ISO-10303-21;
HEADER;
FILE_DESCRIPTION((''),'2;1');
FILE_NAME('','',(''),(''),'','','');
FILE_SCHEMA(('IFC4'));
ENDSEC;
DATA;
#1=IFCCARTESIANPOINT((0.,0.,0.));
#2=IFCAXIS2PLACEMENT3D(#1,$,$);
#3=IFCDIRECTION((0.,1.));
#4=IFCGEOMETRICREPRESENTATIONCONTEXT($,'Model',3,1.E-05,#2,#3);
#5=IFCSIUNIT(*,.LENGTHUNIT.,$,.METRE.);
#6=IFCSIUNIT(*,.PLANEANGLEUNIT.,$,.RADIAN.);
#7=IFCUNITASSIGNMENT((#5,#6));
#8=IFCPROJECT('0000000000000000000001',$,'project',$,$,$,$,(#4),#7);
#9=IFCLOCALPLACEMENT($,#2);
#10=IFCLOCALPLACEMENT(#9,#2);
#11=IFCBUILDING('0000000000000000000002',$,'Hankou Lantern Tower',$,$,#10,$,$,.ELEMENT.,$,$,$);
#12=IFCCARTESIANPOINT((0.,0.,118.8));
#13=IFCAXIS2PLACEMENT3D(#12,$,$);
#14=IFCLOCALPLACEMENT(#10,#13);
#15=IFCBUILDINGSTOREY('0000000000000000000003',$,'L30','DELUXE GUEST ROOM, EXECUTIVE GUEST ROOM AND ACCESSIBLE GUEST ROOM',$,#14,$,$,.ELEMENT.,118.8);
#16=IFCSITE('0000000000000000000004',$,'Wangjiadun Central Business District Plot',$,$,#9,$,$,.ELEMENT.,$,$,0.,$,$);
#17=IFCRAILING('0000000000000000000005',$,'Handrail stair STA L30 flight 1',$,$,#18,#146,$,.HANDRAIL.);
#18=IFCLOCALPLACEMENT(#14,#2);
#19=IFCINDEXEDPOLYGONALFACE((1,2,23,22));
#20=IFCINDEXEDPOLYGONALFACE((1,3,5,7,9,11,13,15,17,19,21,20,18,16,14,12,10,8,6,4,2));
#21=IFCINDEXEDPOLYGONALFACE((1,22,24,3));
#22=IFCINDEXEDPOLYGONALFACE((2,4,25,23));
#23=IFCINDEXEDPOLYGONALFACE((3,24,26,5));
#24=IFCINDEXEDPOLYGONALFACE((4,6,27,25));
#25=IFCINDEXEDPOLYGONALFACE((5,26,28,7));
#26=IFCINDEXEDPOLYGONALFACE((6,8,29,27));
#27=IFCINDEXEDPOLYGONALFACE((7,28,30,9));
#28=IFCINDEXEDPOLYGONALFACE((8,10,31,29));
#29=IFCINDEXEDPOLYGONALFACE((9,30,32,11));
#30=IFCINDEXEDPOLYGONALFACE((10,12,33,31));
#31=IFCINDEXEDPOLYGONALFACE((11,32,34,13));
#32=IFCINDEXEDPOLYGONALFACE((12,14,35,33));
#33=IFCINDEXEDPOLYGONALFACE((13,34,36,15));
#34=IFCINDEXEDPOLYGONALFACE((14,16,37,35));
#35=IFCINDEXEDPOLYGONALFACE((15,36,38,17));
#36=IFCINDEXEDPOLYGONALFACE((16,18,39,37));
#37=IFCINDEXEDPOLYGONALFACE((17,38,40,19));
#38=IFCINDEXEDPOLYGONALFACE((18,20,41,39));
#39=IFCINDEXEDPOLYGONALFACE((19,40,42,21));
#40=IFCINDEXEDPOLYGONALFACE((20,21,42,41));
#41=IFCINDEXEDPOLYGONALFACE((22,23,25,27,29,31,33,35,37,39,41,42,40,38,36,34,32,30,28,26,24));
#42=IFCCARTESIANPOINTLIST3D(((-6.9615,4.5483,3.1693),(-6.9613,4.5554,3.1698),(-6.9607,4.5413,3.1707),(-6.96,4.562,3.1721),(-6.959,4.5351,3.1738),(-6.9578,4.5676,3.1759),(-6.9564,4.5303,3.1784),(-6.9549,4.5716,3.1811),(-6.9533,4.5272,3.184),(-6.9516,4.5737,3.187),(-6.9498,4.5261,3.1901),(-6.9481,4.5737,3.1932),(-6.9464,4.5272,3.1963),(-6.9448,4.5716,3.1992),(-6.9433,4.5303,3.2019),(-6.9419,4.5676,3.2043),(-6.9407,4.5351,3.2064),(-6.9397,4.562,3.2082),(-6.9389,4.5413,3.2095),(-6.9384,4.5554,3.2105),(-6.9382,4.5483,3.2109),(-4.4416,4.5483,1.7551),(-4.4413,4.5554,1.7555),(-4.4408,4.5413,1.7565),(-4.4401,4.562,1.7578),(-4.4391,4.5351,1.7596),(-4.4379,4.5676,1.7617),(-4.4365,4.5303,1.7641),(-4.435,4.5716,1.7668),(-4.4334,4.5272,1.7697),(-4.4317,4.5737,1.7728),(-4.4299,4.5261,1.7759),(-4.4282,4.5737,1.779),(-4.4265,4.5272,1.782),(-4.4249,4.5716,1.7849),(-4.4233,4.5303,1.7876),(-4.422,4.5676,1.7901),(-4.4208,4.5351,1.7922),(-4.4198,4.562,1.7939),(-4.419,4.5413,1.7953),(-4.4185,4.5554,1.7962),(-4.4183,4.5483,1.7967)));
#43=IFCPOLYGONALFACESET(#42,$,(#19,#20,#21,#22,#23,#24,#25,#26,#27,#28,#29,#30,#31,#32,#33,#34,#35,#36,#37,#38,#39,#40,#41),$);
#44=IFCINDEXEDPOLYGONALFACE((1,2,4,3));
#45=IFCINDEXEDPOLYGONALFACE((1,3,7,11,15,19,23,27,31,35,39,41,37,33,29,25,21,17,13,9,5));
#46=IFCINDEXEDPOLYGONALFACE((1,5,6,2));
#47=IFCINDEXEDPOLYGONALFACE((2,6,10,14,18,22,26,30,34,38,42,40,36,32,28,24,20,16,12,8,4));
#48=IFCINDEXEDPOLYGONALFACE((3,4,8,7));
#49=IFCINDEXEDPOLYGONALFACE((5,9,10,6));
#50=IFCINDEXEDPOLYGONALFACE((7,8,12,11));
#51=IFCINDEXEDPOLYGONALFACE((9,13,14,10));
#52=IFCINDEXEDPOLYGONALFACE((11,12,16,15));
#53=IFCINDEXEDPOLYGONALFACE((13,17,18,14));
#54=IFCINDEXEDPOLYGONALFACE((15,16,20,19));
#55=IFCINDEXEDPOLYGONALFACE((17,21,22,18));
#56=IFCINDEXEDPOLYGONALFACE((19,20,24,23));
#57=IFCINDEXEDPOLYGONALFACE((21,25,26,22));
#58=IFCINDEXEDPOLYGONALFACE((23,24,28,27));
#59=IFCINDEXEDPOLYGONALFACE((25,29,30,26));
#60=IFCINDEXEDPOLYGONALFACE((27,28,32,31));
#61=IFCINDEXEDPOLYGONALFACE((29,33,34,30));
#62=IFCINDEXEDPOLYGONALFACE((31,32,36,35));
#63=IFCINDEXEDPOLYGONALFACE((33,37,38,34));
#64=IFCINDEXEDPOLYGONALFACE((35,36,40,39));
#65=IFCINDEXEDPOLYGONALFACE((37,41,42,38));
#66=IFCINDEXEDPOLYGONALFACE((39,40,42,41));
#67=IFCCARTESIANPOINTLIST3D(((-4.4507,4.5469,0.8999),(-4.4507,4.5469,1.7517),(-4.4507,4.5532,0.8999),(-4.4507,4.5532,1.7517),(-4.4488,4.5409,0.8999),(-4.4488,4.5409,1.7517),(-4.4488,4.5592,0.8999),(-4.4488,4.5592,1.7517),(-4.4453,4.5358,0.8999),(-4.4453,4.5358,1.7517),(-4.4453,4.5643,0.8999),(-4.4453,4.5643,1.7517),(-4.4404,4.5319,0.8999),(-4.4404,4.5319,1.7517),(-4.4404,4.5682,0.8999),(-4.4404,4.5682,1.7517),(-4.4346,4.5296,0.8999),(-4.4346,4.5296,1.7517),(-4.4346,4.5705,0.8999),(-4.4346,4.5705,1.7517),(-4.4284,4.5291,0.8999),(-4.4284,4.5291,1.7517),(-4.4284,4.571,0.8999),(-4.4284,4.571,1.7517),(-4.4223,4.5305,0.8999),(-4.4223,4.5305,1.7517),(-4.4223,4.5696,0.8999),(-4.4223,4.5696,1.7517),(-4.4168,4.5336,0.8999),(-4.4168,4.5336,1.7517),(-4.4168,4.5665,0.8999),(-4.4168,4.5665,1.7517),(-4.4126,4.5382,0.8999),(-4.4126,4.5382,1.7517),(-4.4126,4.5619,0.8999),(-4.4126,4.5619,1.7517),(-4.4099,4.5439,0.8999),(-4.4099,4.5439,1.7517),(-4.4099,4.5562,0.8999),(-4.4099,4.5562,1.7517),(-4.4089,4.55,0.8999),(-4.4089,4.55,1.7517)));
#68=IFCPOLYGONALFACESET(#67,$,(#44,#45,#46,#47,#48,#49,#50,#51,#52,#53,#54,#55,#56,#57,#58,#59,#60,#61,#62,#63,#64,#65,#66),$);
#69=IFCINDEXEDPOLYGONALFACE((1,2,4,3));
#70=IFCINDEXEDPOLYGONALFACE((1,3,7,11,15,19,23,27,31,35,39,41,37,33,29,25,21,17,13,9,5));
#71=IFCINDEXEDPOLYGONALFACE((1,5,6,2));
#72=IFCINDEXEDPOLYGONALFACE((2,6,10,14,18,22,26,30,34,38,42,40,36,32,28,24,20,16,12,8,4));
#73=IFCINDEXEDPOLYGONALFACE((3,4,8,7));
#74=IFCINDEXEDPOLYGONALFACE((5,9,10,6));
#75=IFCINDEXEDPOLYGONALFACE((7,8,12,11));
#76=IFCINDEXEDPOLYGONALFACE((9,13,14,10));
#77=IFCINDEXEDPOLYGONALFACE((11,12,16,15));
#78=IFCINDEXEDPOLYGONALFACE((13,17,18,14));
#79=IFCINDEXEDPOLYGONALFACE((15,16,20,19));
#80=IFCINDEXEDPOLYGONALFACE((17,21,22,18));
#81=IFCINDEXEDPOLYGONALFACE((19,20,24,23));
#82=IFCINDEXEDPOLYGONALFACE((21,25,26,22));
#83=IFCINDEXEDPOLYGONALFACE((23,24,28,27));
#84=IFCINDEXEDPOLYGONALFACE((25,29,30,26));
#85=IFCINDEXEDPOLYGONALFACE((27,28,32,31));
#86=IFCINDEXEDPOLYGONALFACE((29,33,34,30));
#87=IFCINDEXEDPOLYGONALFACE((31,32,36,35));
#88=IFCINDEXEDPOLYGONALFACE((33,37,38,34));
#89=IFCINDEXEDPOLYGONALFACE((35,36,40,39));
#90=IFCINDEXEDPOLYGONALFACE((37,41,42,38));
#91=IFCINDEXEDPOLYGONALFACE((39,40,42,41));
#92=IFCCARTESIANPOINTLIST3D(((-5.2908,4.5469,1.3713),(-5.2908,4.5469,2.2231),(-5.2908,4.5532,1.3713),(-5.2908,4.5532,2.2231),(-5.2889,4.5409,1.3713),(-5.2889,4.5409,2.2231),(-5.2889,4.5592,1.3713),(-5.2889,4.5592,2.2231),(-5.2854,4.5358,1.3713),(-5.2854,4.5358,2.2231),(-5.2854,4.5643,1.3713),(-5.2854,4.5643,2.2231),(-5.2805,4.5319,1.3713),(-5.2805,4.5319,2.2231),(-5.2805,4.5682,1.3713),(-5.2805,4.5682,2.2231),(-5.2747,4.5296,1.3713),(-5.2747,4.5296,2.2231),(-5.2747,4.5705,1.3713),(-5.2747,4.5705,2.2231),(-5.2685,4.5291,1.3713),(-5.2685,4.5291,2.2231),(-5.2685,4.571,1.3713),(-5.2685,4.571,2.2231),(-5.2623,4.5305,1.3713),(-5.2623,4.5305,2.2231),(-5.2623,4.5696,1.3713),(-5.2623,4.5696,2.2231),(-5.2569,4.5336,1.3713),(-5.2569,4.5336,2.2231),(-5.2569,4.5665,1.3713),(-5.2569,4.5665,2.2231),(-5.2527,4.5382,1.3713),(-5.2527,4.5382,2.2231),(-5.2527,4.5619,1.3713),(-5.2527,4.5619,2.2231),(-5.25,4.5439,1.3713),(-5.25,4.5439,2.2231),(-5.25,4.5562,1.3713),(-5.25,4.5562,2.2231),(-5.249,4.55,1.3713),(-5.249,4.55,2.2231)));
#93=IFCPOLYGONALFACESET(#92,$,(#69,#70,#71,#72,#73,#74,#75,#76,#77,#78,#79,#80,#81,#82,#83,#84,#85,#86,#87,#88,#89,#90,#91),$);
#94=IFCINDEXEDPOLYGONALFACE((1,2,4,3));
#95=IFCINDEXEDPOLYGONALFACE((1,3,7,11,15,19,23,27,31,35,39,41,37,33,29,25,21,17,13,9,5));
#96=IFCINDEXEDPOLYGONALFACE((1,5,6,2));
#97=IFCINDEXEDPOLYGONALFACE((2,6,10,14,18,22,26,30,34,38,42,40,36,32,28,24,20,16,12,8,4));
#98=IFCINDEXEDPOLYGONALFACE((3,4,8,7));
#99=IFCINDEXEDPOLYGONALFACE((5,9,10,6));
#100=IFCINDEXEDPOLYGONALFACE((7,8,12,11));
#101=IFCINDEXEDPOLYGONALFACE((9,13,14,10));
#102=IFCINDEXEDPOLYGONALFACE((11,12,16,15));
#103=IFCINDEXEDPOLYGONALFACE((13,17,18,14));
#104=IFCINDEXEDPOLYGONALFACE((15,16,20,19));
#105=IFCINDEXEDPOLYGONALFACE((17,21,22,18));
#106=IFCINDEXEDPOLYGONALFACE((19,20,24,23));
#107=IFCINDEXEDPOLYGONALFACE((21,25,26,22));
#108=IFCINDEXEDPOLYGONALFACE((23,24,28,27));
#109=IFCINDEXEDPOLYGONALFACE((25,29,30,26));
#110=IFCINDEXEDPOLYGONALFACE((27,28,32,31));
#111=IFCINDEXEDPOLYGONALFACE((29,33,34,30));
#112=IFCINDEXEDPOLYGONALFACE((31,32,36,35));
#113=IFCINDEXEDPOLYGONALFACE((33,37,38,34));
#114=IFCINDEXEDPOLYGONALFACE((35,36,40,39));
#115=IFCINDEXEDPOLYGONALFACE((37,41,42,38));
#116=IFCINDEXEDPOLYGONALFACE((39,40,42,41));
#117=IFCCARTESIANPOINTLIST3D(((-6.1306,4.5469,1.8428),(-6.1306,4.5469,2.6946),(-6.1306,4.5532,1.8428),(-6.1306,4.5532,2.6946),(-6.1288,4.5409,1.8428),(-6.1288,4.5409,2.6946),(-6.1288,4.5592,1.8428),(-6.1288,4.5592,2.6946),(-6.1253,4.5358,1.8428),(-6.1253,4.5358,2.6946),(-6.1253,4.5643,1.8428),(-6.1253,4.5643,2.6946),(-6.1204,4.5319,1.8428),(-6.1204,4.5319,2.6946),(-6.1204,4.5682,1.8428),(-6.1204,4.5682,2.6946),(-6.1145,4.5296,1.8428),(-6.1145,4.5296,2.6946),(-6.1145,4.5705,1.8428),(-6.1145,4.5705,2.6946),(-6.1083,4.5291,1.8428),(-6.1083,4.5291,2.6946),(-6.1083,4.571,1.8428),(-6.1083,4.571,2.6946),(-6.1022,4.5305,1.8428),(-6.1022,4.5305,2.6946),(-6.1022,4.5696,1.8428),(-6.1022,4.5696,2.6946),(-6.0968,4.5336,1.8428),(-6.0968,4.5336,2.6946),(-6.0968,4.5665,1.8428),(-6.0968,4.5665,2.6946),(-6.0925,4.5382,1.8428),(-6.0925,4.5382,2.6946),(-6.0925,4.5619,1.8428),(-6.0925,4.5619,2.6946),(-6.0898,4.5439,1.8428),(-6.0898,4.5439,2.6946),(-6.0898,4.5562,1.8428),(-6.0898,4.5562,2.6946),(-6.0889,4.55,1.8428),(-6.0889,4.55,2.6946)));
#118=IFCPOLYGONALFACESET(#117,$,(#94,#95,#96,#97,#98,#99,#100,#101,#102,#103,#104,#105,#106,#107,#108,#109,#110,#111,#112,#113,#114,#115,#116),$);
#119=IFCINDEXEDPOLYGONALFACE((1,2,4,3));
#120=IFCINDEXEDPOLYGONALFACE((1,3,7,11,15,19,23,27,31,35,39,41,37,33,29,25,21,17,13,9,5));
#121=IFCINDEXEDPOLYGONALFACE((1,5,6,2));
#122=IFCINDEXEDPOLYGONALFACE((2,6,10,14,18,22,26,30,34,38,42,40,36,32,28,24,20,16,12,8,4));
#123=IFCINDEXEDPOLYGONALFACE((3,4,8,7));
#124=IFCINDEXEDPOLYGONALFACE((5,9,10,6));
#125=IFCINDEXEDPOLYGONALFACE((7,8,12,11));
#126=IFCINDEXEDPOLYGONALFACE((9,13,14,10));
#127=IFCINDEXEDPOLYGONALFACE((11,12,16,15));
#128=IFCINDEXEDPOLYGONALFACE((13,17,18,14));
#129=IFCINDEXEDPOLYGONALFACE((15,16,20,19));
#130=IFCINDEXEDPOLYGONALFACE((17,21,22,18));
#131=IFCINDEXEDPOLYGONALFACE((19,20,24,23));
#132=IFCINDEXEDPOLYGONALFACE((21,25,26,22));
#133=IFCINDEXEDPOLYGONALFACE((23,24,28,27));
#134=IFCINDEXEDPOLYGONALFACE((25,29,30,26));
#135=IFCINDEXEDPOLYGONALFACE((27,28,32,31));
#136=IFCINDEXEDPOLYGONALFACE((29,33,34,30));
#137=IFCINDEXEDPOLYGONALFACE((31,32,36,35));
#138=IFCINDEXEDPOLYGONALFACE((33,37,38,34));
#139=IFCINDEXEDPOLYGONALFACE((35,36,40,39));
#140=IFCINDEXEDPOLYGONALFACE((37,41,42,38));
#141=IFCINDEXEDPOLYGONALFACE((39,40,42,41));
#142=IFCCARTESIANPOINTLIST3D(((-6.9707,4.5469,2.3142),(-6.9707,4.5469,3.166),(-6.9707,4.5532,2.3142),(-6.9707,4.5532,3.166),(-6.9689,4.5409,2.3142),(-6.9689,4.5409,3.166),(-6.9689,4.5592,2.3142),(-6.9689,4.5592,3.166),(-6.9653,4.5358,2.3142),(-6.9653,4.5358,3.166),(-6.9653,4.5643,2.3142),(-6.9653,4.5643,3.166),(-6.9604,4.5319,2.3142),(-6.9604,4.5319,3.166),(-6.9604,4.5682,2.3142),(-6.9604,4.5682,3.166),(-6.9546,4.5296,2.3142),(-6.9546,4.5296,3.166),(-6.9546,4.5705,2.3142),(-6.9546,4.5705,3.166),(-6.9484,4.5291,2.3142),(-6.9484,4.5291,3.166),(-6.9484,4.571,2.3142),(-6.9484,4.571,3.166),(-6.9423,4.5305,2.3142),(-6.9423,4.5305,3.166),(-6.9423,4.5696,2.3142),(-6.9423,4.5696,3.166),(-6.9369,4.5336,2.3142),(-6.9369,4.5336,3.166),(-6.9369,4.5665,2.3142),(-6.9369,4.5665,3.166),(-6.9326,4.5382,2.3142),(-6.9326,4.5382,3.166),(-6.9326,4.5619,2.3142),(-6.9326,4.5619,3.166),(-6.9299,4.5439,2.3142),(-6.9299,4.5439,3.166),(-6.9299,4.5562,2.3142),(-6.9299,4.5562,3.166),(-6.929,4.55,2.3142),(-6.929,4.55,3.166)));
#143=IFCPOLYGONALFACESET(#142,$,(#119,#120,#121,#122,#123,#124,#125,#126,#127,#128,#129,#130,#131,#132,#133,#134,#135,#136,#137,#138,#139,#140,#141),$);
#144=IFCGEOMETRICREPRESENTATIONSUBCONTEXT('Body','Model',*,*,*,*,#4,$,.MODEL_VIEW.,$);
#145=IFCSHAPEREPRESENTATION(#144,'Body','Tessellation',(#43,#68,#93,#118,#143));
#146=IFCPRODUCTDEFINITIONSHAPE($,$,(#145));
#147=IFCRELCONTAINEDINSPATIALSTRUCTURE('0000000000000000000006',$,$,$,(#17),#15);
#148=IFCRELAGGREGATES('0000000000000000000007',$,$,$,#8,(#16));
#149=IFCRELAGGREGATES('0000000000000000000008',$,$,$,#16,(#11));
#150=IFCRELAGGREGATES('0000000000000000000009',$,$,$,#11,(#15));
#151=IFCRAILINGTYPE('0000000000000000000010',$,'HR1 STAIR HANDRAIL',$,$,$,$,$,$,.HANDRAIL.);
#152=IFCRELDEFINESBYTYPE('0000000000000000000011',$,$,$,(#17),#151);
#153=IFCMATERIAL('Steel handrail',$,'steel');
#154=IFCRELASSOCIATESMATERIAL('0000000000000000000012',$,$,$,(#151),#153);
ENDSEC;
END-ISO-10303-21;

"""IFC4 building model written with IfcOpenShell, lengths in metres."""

from ifc_helpers import new_model, si_unit, direction, frame, origin, origin_2d, place, context, subcontext, project, spatial, circle, extrude, material, type_object, element, save


model = new_model("IFC4")

# Units and contexts
model_context = context("Model", 3, precision=1e-05, world=origin(), true_north=direction((0.0, 1.0)))
body_context = subcontext(model_context, "Body", "Model", "MODEL_VIEW")
ifc_project = project(units=[si_unit("LENGTHUNIT", "METRE"), si_unit("PLANEANGLEUNIT", "RADIAN")], contexts=[model_context])

# Site, building, storey
site_placement = place(None, origin())
site = spatial("IfcSite", under=ifc_project, at=site_placement, Name="Wangjiadun Central Business District Plot", CompositionType="ELEMENT", RefElevation=0.0)
building_placement = place(site_placement, origin())
building = spatial("IfcBuilding", under=site, at=building_placement, Name="Hankou Lantern Tower", CompositionType="ELEMENT")
storey_placement = place(building_placement, frame((0.0, 0.0, 118.8)))
storey = spatial("IfcBuildingStorey", under=building, at=storey_placement, Name="L30", Description="DELUXE GUEST ROOM, EXECUTIVE GUEST ROOM AND ACCESSIBLE GUEST ROOM", CompositionType="ELEMENT", Elevation=118.8)

# Railing
ifc_material_1 = material(Name="Steel handrail", Category="steel")
railing_type = type_object("IfcRailingType", Name="HR1 STAIR HANDRAIL", PredefinedType="HANDRAIL", material=ifc_material_1)
railing_1_placement = place(storey_placement, frame((-4.4299, 4.55, 0.8999)))
element("IfcRailing", 1, at=railing_1_placement, inside=storey, type_object=railing_type, Name="Handrail stair STA L30 flight 1", PredefinedType="HANDRAIL", context=body_context, shape_type="SweptSolid", body=[
    extrude(circle(Radius=0.0239, at=origin_2d()), frame((0.0, 0.0, 0.876), z_axis=(-0.872049, 0.0, 0.489419), x_axis=(0.0, -1.0, 0.0)), (0.0, 0.0, 1.0), 2.8896),
    extrude(circle(Radius=0.021, at=origin_2d()), origin(), (0.0, 0.0, 1.0), 0.8518),
    extrude(circle(Radius=0.021, at=origin_2d()), frame((-0.8401, 0.0, 0.4714)), (0.0, 0.0, 1.0), 0.8518),
    extrude(circle(Radius=0.021, at=origin_2d()), frame((-1.6799, 0.0, 0.9429)), (0.0, 0.0, 1.0), 0.8518),
    extrude(circle(Radius=0.021, at=origin_2d()), frame((-2.52, 0.0, 1.4143)), (0.0, 0.0, 1.0), 0.8518),
])

save(model, "model.ifc")
